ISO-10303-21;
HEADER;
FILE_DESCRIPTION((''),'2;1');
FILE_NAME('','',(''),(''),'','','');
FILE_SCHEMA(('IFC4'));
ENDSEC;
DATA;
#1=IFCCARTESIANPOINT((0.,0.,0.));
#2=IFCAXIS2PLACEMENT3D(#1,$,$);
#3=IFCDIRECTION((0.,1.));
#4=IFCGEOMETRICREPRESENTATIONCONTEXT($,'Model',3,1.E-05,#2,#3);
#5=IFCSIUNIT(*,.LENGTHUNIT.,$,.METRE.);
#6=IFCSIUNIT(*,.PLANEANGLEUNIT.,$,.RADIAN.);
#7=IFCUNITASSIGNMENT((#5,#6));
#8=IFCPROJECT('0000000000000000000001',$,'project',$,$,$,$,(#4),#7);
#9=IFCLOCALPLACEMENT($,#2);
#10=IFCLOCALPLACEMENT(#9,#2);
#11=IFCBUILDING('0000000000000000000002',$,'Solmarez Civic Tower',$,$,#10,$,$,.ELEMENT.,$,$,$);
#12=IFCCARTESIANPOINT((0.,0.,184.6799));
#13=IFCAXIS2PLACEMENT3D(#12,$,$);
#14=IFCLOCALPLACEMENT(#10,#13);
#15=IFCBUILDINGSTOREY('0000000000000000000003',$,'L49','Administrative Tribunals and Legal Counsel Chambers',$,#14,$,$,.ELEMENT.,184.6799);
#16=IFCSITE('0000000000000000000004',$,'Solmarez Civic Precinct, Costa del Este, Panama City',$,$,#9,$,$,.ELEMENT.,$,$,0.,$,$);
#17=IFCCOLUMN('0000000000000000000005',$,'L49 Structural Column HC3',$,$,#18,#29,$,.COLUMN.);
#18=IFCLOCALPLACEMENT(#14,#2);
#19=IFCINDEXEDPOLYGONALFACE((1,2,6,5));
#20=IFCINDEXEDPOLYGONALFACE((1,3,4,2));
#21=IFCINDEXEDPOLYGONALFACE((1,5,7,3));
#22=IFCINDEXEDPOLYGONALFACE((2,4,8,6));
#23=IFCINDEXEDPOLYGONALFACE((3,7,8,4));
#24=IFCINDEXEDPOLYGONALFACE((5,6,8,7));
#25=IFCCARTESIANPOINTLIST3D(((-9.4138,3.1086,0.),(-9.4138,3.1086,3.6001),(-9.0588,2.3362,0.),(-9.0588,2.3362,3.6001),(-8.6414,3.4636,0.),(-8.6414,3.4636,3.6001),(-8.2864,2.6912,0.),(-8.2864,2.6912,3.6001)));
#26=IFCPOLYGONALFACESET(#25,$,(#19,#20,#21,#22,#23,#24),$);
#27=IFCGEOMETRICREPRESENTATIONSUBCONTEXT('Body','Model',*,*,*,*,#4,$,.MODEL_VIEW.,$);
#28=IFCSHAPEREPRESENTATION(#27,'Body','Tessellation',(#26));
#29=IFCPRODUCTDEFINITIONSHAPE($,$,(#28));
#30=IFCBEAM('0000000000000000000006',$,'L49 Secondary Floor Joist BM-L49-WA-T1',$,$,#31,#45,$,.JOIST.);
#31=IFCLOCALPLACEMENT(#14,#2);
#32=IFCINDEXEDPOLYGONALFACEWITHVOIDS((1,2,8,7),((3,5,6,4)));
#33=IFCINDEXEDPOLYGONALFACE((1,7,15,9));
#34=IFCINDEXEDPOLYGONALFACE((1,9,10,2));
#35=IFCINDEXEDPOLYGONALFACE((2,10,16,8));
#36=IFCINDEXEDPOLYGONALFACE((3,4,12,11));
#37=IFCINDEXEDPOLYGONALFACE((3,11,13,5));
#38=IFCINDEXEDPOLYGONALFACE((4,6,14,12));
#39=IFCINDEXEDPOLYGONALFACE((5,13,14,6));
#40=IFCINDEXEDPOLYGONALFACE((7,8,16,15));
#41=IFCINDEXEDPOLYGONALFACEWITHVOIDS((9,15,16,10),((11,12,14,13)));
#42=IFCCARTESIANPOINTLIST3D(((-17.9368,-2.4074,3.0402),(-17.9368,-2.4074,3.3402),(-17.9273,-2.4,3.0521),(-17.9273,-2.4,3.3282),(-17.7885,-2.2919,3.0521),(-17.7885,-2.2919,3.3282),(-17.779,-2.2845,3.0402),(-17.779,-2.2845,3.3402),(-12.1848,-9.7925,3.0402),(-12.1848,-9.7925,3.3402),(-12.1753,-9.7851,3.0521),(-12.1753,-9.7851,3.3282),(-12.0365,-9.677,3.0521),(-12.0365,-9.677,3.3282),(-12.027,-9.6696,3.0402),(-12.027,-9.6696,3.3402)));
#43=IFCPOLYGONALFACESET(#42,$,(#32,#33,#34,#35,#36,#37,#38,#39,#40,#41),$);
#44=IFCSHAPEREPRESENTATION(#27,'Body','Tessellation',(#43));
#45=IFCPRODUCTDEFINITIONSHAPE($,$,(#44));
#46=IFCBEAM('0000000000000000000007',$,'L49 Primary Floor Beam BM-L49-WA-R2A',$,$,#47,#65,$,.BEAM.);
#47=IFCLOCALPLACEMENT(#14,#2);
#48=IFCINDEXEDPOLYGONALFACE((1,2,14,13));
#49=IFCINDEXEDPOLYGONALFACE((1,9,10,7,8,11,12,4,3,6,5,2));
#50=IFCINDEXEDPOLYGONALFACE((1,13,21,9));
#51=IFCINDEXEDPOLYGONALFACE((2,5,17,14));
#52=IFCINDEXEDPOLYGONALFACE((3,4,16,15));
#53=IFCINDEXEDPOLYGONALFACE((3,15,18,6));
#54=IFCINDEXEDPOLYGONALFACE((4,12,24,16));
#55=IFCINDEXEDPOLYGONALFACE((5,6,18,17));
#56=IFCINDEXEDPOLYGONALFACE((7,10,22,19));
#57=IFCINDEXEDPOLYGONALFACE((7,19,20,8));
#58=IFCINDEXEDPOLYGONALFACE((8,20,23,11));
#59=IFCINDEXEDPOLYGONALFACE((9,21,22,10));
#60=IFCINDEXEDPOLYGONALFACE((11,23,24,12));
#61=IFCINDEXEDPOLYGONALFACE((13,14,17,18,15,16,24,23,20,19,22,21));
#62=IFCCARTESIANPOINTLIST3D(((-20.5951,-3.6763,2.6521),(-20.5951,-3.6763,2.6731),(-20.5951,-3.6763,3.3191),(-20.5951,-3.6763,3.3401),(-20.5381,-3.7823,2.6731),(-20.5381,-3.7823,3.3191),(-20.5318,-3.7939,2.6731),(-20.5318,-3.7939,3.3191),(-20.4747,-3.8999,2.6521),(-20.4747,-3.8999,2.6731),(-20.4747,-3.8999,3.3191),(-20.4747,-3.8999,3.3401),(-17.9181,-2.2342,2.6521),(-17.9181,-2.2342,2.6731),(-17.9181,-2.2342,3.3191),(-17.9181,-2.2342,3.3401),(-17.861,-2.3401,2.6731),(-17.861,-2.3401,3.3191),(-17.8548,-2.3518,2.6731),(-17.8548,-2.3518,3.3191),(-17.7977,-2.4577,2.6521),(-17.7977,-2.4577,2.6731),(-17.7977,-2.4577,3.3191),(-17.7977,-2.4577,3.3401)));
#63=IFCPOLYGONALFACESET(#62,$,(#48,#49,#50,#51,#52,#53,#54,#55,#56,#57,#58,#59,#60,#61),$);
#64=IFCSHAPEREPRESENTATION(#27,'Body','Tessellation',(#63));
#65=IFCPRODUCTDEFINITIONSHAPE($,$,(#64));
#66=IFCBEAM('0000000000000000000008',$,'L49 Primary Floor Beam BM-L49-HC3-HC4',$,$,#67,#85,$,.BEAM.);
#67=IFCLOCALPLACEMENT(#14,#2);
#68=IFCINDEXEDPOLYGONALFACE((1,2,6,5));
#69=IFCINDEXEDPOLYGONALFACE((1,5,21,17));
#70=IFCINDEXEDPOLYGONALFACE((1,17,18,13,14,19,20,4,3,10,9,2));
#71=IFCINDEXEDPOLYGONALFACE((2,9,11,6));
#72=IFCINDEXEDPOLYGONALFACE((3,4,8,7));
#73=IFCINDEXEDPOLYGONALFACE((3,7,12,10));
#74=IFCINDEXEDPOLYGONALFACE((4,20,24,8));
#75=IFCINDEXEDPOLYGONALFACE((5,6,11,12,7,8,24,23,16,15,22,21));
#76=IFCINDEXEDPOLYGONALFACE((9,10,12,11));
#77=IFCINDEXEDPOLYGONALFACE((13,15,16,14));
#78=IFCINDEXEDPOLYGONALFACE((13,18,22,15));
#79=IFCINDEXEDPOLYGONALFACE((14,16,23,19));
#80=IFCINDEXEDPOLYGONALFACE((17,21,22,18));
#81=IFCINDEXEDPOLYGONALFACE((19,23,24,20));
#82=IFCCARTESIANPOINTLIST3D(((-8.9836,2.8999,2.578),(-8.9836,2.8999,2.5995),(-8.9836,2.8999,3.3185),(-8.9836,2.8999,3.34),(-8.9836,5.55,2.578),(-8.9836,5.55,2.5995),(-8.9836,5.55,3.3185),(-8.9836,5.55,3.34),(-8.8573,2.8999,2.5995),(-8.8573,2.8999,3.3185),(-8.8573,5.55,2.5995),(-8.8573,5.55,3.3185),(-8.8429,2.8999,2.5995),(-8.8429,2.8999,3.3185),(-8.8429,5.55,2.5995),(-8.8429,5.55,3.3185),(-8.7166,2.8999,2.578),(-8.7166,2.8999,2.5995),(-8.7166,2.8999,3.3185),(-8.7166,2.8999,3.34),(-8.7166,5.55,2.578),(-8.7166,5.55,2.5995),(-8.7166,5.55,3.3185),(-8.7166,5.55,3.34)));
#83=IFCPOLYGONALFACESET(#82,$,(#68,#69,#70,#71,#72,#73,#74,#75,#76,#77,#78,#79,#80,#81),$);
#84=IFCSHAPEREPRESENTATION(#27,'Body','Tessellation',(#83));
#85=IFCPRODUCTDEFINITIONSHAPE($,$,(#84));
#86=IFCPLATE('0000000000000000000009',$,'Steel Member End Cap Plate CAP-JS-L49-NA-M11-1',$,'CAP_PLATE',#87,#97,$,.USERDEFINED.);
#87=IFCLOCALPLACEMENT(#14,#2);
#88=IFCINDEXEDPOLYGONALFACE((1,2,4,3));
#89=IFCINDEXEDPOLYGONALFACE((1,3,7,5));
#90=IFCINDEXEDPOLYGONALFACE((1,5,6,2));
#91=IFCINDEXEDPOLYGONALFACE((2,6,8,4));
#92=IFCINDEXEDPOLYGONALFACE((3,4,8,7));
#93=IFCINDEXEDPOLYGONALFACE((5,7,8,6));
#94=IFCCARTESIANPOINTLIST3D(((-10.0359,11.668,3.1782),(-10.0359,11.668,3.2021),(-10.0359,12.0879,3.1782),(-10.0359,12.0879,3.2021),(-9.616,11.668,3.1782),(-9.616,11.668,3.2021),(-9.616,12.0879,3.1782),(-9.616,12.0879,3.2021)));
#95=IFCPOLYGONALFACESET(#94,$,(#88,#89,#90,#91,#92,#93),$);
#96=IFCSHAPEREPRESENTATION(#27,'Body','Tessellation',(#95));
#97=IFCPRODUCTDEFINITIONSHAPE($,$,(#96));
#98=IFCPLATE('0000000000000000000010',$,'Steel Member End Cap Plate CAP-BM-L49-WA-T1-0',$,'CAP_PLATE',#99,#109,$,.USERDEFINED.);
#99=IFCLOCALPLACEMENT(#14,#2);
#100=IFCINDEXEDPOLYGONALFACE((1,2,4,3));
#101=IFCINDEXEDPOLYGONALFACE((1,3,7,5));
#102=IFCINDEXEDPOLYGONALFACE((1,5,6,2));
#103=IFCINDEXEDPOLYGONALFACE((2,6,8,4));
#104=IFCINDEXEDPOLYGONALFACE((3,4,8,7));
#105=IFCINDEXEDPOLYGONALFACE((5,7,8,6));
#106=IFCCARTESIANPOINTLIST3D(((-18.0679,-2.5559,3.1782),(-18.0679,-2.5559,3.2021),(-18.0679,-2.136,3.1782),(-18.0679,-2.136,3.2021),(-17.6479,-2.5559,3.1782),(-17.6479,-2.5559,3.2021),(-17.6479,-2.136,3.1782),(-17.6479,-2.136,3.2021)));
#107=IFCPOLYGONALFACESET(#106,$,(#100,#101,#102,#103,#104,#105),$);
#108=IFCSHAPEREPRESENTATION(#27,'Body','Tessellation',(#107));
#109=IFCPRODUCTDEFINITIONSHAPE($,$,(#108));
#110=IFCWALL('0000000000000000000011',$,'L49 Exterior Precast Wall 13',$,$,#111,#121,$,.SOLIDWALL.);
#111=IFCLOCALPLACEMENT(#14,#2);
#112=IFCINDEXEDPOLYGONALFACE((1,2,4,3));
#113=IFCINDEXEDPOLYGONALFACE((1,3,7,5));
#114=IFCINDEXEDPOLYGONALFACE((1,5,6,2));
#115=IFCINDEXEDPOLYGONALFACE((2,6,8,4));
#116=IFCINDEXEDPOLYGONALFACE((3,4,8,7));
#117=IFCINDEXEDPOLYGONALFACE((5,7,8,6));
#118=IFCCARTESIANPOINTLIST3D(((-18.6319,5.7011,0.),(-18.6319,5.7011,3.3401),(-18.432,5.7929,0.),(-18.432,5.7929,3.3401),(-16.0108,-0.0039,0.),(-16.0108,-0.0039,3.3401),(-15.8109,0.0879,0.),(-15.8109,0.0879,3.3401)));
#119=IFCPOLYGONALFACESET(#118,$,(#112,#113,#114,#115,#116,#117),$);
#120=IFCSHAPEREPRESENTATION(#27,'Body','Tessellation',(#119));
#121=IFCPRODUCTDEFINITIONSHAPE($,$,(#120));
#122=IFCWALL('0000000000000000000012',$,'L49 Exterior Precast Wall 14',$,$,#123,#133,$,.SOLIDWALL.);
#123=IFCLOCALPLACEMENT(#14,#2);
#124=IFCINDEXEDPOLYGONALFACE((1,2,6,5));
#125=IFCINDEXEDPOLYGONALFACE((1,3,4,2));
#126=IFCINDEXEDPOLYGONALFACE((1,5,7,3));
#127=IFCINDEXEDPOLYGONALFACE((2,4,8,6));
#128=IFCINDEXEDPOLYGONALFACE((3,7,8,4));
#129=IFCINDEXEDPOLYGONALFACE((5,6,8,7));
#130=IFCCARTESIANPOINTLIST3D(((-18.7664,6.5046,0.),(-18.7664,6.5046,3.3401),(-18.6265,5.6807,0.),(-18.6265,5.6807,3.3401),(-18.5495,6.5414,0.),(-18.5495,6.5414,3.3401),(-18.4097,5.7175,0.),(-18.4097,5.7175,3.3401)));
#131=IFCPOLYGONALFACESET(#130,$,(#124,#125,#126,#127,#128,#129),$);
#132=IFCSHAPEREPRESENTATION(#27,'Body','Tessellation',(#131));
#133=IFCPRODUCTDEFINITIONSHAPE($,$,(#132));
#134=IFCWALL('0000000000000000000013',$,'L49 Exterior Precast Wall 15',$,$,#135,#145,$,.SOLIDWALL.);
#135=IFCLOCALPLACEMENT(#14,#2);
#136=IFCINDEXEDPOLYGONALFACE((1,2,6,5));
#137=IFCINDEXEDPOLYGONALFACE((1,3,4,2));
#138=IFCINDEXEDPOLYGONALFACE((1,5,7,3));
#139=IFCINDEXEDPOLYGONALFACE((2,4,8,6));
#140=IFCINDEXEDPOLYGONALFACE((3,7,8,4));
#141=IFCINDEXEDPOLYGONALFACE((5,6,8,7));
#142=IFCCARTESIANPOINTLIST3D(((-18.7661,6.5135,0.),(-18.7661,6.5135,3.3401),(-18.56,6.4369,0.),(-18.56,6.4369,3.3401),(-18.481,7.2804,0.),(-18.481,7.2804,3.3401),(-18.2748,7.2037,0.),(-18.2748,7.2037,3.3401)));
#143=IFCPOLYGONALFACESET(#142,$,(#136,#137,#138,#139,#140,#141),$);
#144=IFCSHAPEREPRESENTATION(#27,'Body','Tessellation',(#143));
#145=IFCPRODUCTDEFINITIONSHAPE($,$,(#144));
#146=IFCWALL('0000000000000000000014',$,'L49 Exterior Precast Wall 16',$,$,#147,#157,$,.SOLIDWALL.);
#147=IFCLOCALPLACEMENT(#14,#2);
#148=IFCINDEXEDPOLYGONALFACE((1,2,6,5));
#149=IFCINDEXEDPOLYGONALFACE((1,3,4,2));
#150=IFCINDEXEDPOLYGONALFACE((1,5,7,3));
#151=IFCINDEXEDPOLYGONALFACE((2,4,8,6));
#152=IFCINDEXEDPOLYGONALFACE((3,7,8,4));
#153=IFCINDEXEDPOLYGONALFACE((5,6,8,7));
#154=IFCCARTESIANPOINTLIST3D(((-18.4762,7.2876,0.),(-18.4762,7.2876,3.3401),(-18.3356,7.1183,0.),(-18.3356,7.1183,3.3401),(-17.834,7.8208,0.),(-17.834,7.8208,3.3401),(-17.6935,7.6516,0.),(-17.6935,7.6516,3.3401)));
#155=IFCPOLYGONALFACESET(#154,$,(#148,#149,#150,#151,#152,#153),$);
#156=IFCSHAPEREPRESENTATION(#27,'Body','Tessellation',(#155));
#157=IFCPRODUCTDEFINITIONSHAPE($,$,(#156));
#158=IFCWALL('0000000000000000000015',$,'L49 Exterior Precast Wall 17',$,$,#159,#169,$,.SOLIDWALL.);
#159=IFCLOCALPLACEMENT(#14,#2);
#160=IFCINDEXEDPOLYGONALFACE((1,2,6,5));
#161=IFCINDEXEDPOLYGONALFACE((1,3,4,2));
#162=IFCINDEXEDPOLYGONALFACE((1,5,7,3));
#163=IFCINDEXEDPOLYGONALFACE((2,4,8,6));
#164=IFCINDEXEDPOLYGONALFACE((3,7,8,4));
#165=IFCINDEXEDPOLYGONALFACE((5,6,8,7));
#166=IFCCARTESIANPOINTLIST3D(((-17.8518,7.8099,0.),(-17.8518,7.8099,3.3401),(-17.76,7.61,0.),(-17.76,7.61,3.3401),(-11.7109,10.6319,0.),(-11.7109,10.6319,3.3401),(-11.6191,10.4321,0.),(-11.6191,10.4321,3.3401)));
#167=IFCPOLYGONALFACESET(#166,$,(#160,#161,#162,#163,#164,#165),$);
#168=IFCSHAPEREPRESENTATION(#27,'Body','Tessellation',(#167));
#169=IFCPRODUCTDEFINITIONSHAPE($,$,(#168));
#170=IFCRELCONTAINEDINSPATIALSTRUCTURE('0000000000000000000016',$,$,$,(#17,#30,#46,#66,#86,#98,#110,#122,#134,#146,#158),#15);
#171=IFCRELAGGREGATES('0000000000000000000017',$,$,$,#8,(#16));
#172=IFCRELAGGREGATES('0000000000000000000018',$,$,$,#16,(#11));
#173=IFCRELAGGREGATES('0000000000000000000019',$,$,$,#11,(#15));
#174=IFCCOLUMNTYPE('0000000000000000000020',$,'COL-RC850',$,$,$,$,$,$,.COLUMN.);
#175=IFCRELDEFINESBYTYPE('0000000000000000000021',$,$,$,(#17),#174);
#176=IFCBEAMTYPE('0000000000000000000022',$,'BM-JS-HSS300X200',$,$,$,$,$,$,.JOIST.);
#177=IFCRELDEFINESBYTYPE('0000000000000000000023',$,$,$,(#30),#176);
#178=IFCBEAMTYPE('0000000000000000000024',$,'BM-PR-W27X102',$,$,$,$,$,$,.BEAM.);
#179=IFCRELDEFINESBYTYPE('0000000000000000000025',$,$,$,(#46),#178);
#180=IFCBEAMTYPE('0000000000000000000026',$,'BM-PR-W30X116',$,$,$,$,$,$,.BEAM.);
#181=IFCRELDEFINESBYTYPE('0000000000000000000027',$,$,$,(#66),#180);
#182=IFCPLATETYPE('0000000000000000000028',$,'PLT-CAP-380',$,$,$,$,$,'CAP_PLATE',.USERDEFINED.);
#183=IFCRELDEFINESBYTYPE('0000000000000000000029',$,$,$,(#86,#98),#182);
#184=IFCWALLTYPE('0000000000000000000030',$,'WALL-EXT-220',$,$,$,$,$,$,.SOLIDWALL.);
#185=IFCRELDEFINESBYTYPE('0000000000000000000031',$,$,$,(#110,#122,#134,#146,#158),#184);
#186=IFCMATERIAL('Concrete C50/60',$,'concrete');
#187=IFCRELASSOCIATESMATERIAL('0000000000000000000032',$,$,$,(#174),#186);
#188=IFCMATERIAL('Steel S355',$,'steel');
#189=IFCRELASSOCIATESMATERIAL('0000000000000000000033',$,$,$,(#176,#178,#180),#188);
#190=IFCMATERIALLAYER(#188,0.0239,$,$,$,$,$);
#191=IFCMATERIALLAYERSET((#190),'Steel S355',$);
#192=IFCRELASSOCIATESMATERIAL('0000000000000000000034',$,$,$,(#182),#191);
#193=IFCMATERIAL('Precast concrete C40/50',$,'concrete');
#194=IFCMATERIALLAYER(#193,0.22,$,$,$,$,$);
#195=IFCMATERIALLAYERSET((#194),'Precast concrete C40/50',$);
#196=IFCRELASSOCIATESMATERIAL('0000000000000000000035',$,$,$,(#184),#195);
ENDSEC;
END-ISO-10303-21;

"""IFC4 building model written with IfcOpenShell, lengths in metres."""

from ifc_helpers import new_model, si_unit, direction, frame, frame_2d, origin, origin_2d, place, context, subcontext, project, spatial, rectangle, hollow_rectangle, i_section, extrude, material, layer, layer_set, material_profile, profile_set, type_object, element, save


model = new_model("IFC4")

# Units and contexts
model_context = context("Model", 3, precision=1e-05, world=origin(), true_north=direction((0.0, 1.0)))
body_context = subcontext(model_context, "Body", "Model", "MODEL_VIEW")
ifc_project = project(units=[si_unit("LENGTHUNIT", "METRE"), si_unit("PLANEANGLEUNIT", "RADIAN")], contexts=[model_context])

# Site, building, storey
site_placement = place(None, origin())
site = spatial("IfcSite", under=ifc_project, at=site_placement, Name="Solmarez Civic Precinct, Costa del Este, Panama City", CompositionType="ELEMENT", RefElevation=0.0)
building_placement = place(site_placement, origin())
building = spatial("IfcBuilding", under=site, at=building_placement, Name="Solmarez Civic Tower", CompositionType="ELEMENT")
storey_placement = place(building_placement, frame((0.0, 0.0, 184.6799)))
storey = spatial("IfcBuildingStorey", under=building, at=storey_placement, Name="L49", Description="Administrative Tribunals and Legal Counsel Chambers", CompositionType="ELEMENT", Elevation=184.6799)

# Column
ifc_material_1 = material(Name="Concrete C50/60", Category="concrete")
ifc_material_profile_1 = material_profile(ifc_material_1, rectangle(XDim=0.8501, YDim=0.8501, at=origin_2d()), Name="RC850X850")
ifc_profile_set_1 = profile_set([ifc_material_profile_1], Name="Concrete C50/60")
column_type = type_object("IfcColumnType", Name="COL-RC850", PredefinedType="COLUMN", material=ifc_profile_set_1)
column_placement = place(storey_placement, frame((-8.8501, 2.8999, 0.0), z_axis=(0.0, 0.0, 1.0), x_axis=(0.908654, 0.41755, 0.0)))
element("IfcColumn", 1, at=column_placement, inside=storey, type_object=column_type, Name="L49 Structural Column HC3", PredefinedType="COLUMN", context=body_context, shape_type="SweptSolid", body=[
    extrude(rectangle(XDim=0.8501, YDim=0.8501, at=origin_2d()), origin(), (0.0, 0.0, 1.0), 3.6001),
])

# Beams
ifc_material_2 = material(Name="Steel S355", Category="steel")
ifc_material_profile_2 = material_profile(ifc_material_2, hollow_rectangle(XDim=0.2, YDim=0.3, WallThickness=0.012, at=origin_2d()), Name="HSS300X200X12")
ifc_profile_set_2 = profile_set([ifc_material_profile_2], Name="Steel S355")
beam_type_1 = type_object("IfcBeamType", Name="BM-JS-HSS300X200", PredefinedType="JOIST", material=ifc_profile_set_2)
beam_1_placement = place(storey_placement, frame((-17.8579, -2.3459, 3.1902), z_axis=(0.614477, -0.788935, 0.0), x_axis=(0.788935, 0.614477, 0.0)))
element("IfcBeam", 2, at=beam_1_placement, inside=storey, type_object=beam_type_1, Name="L49 Secondary Floor Joist BM-L49-WA-T1", PredefinedType="JOIST", context=body_context, shape_type="SweptSolid", body=[
    extrude(hollow_rectangle(XDim=0.2, YDim=0.3, WallThickness=0.012, at=origin_2d()), origin(), (0.0, 0.0, 1.0), 9.3608),
])
ifc_material_profile_3 = material_profile(ifc_material_2, i_section(OverallWidth=0.2539, OverallDepth=0.688, WebThickness=0.0132, FlangeThickness=0.021, at=origin_2d()), Name="W27X102")
ifc_profile_set_3 = profile_set([ifc_material_profile_3], Name="Steel S355")
beam_type_2 = type_object("IfcBeamType", Name="BM-PR-W27X102", PredefinedType="BEAM", material=ifc_profile_set_3)
beam_2_placement = place(storey_placement, frame((-17.8579, -2.3459, 2.9961), z_axis=(-0.880378, -0.474272, 0.0), x_axis=(0.474272, -0.880378, 0.0)))
element("IfcBeam", 3, at=beam_2_placement, inside=storey, type_object=beam_type_2, Name="L49 Primary Floor Beam BM-L49-WA-R2A", PredefinedType="BEAM", context=body_context, shape_type="SweptSolid", body=[
    extrude(i_section(OverallWidth=0.2539, OverallDepth=0.688, WebThickness=0.0132, FlangeThickness=0.021, at=origin_2d()), origin(), (0.0, 0.0, 1.0), 3.0408),
])
ifc_material_profile_4 = material_profile(ifc_material_2, i_section(OverallWidth=0.2671, OverallDepth=0.762, WebThickness=0.0144, FlangeThickness=0.0215, at=origin_2d()), Name="W30X116")
ifc_profile_set_4 = profile_set([ifc_material_profile_4], Name="Steel S355")
beam_type_3 = type_object("IfcBeamType", Name="BM-PR-W30X116", PredefinedType="BEAM", material=ifc_profile_set_4)
beam_3_placement = place(storey_placement, frame((-8.8501, 2.8999, 2.959), z_axis=(0.0, 1.0, 0.0), x_axis=(-1.0, 0.0, 0.0)))
element("IfcBeam", 4, at=beam_3_placement, inside=storey, type_object=beam_type_3, Name="L49 Primary Floor Beam BM-L49-HC3-HC4", PredefinedType="BEAM", context=body_context, shape_type="SweptSolid", body=[
    extrude(i_section(OverallWidth=0.2671, OverallDepth=0.762, WebThickness=0.0144, FlangeThickness=0.0215, at=origin_2d()), origin(), (0.0, 0.0, 1.0), 2.6501),
])

# Plates
ifc_layer_1 = layer(ifc_material_2, 0.0239)
ifc_layer_set_1 = layer_set([ifc_layer_1], Name="Steel S355")
plate_type = type_object("IfcPlateType", Name="PLT-CAP-380", ElementType="CAP_PLATE", PredefinedType="USERDEFINED", material=ifc_layer_set_1)
for number, where, z_axis, x_axis, name in (
    (5, (-9.8259, 11.8779, 3.1782), (0.0, 0.0, 1.0), (1.0, 0.0, 0.0), "Steel Member End Cap Plate CAP-JS-L49-NA-M11-1"),
    (6, (-17.8579, -2.3459, 3.1782), (0.0, 0.0, 1.0), (1.0, 0.0, 0.0), "Steel Member End Cap Plate CAP-BM-L49-WA-T1-0"),
):
    element("IfcPlate", number, at=place(storey_placement, frame(where, z_axis=z_axis, x_axis=x_axis)), inside=storey, type_object=plate_type, Name=name, ObjectType="CAP_PLATE", PredefinedType="USERDEFINED", context=body_context, shape_type="SweptSolid", body=[
        extrude(rectangle(XDim=0.4199, YDim=0.4199, at=origin_2d()), origin(), (0.0, 0.0, 1.0), 0.0239),
    ])

# Walls
ifc_material_3 = material(Name="Precast concrete C40/50", Category="concrete")
ifc_layer_2 = layer(ifc_material_3, 0.22)
ifc_layer_set_2 = layer_set([ifc_layer_2], Name="Precast concrete C40/50")
wall_type_1 = type_object("IfcWallType", Name="WALL-EXT-220", PredefinedType="SOLIDWALL", material=ifc_layer_set_2)
wall_1_placement = place(storey_placement, frame((-15.9109, 0.042, 0.0), z_axis=(0.0, 0.0, 1.0), x_axis=(-0.417479, 0.908686, 0.0)))
element("IfcWall", 7, at=wall_1_placement, inside=storey, type_object=wall_type_1, Name="L49 Exterior Precast Wall 13", PredefinedType="SOLIDWALL", context=body_context, shape_type="SweptSolid", body=[
    extrude(rectangle(XDim=6.2783, YDim=0.22, at=frame_2d((3.1392, 0.0))), origin(), (0.0, 0.0, 1.0), 3.3401),
])
wall_2_placement = place(storey_placement, frame((-18.5181, 5.699, 0.0), z_axis=(0.0, 0.0, 1.0), x_axis=(-0.167383, 0.985892, 0.0)))
element("IfcWall", 8, at=wall_2_placement, inside=storey, type_object=wall_type_1, Name="L49 Exterior Precast Wall 14", PredefinedType="SOLIDWALL", context=body_context, shape_type="SweptSolid", body=[
    extrude(rectangle(XDim=0.8357, YDim=0.22, at=frame_2d((0.418, 0.0))), origin(), (0.0, 0.0, 1.0), 3.3401),
])
wall_3_placement = place(storey_placement, frame((-18.6631, 6.4751, 0.0), z_axis=(0.0, 0.0, 1.0), x_axis=(0.348539, 0.937294, 0.0)))
element("IfcWall", 9, at=wall_3_placement, inside=storey, type_object=wall_type_1, Name="L49 Exterior Precast Wall 15", PredefinedType="SOLIDWALL", context=body_context, shape_type="SweptSolid", body=[
    extrude(rectangle(XDim=0.8181, YDim=0.22, at=frame_2d((0.4092, 0.0))), origin(), (0.0, 0.0, 1.0), 3.3401),
])
wall_4_placement = place(storey_placement, frame((-18.406, 7.2029, 0.0), z_axis=(0.0, 0.0, 1.0), x_axis=(0.769323, 0.63886, 0.0)))
element("IfcWall", 10, at=wall_4_placement, inside=storey, type_object=wall_type_1, Name="L49 Exterior Precast Wall 16", PredefinedType="SOLIDWALL", context=body_context, shape_type="SweptSolid", body=[
    extrude(rectangle(XDim=0.8347, YDim=0.22, at=frame_2d((0.4175, 0.0))), origin(), (0.0, 0.0, 1.0), 3.3401),
])
wall_5_placement = place(storey_placement, frame((-17.8059, 7.71, 0.0), z_axis=(0.0, 0.0, 1.0), x_axis=(0.908646, 0.417566, 0.0)))
element("IfcWall", 11, at=wall_5_placement, inside=storey, type_object=wall_type_1, Name="L49 Exterior Precast Wall 17", PredefinedType="SOLIDWALL", context=body_context, shape_type="SweptSolid", body=[
    extrude(rectangle(XDim=6.7583, YDim=0.22, at=frame_2d((3.3792, 0.0))), origin(), (0.0, 0.0, 1.0), 3.3401),
])

save(model, "model.ifc")
